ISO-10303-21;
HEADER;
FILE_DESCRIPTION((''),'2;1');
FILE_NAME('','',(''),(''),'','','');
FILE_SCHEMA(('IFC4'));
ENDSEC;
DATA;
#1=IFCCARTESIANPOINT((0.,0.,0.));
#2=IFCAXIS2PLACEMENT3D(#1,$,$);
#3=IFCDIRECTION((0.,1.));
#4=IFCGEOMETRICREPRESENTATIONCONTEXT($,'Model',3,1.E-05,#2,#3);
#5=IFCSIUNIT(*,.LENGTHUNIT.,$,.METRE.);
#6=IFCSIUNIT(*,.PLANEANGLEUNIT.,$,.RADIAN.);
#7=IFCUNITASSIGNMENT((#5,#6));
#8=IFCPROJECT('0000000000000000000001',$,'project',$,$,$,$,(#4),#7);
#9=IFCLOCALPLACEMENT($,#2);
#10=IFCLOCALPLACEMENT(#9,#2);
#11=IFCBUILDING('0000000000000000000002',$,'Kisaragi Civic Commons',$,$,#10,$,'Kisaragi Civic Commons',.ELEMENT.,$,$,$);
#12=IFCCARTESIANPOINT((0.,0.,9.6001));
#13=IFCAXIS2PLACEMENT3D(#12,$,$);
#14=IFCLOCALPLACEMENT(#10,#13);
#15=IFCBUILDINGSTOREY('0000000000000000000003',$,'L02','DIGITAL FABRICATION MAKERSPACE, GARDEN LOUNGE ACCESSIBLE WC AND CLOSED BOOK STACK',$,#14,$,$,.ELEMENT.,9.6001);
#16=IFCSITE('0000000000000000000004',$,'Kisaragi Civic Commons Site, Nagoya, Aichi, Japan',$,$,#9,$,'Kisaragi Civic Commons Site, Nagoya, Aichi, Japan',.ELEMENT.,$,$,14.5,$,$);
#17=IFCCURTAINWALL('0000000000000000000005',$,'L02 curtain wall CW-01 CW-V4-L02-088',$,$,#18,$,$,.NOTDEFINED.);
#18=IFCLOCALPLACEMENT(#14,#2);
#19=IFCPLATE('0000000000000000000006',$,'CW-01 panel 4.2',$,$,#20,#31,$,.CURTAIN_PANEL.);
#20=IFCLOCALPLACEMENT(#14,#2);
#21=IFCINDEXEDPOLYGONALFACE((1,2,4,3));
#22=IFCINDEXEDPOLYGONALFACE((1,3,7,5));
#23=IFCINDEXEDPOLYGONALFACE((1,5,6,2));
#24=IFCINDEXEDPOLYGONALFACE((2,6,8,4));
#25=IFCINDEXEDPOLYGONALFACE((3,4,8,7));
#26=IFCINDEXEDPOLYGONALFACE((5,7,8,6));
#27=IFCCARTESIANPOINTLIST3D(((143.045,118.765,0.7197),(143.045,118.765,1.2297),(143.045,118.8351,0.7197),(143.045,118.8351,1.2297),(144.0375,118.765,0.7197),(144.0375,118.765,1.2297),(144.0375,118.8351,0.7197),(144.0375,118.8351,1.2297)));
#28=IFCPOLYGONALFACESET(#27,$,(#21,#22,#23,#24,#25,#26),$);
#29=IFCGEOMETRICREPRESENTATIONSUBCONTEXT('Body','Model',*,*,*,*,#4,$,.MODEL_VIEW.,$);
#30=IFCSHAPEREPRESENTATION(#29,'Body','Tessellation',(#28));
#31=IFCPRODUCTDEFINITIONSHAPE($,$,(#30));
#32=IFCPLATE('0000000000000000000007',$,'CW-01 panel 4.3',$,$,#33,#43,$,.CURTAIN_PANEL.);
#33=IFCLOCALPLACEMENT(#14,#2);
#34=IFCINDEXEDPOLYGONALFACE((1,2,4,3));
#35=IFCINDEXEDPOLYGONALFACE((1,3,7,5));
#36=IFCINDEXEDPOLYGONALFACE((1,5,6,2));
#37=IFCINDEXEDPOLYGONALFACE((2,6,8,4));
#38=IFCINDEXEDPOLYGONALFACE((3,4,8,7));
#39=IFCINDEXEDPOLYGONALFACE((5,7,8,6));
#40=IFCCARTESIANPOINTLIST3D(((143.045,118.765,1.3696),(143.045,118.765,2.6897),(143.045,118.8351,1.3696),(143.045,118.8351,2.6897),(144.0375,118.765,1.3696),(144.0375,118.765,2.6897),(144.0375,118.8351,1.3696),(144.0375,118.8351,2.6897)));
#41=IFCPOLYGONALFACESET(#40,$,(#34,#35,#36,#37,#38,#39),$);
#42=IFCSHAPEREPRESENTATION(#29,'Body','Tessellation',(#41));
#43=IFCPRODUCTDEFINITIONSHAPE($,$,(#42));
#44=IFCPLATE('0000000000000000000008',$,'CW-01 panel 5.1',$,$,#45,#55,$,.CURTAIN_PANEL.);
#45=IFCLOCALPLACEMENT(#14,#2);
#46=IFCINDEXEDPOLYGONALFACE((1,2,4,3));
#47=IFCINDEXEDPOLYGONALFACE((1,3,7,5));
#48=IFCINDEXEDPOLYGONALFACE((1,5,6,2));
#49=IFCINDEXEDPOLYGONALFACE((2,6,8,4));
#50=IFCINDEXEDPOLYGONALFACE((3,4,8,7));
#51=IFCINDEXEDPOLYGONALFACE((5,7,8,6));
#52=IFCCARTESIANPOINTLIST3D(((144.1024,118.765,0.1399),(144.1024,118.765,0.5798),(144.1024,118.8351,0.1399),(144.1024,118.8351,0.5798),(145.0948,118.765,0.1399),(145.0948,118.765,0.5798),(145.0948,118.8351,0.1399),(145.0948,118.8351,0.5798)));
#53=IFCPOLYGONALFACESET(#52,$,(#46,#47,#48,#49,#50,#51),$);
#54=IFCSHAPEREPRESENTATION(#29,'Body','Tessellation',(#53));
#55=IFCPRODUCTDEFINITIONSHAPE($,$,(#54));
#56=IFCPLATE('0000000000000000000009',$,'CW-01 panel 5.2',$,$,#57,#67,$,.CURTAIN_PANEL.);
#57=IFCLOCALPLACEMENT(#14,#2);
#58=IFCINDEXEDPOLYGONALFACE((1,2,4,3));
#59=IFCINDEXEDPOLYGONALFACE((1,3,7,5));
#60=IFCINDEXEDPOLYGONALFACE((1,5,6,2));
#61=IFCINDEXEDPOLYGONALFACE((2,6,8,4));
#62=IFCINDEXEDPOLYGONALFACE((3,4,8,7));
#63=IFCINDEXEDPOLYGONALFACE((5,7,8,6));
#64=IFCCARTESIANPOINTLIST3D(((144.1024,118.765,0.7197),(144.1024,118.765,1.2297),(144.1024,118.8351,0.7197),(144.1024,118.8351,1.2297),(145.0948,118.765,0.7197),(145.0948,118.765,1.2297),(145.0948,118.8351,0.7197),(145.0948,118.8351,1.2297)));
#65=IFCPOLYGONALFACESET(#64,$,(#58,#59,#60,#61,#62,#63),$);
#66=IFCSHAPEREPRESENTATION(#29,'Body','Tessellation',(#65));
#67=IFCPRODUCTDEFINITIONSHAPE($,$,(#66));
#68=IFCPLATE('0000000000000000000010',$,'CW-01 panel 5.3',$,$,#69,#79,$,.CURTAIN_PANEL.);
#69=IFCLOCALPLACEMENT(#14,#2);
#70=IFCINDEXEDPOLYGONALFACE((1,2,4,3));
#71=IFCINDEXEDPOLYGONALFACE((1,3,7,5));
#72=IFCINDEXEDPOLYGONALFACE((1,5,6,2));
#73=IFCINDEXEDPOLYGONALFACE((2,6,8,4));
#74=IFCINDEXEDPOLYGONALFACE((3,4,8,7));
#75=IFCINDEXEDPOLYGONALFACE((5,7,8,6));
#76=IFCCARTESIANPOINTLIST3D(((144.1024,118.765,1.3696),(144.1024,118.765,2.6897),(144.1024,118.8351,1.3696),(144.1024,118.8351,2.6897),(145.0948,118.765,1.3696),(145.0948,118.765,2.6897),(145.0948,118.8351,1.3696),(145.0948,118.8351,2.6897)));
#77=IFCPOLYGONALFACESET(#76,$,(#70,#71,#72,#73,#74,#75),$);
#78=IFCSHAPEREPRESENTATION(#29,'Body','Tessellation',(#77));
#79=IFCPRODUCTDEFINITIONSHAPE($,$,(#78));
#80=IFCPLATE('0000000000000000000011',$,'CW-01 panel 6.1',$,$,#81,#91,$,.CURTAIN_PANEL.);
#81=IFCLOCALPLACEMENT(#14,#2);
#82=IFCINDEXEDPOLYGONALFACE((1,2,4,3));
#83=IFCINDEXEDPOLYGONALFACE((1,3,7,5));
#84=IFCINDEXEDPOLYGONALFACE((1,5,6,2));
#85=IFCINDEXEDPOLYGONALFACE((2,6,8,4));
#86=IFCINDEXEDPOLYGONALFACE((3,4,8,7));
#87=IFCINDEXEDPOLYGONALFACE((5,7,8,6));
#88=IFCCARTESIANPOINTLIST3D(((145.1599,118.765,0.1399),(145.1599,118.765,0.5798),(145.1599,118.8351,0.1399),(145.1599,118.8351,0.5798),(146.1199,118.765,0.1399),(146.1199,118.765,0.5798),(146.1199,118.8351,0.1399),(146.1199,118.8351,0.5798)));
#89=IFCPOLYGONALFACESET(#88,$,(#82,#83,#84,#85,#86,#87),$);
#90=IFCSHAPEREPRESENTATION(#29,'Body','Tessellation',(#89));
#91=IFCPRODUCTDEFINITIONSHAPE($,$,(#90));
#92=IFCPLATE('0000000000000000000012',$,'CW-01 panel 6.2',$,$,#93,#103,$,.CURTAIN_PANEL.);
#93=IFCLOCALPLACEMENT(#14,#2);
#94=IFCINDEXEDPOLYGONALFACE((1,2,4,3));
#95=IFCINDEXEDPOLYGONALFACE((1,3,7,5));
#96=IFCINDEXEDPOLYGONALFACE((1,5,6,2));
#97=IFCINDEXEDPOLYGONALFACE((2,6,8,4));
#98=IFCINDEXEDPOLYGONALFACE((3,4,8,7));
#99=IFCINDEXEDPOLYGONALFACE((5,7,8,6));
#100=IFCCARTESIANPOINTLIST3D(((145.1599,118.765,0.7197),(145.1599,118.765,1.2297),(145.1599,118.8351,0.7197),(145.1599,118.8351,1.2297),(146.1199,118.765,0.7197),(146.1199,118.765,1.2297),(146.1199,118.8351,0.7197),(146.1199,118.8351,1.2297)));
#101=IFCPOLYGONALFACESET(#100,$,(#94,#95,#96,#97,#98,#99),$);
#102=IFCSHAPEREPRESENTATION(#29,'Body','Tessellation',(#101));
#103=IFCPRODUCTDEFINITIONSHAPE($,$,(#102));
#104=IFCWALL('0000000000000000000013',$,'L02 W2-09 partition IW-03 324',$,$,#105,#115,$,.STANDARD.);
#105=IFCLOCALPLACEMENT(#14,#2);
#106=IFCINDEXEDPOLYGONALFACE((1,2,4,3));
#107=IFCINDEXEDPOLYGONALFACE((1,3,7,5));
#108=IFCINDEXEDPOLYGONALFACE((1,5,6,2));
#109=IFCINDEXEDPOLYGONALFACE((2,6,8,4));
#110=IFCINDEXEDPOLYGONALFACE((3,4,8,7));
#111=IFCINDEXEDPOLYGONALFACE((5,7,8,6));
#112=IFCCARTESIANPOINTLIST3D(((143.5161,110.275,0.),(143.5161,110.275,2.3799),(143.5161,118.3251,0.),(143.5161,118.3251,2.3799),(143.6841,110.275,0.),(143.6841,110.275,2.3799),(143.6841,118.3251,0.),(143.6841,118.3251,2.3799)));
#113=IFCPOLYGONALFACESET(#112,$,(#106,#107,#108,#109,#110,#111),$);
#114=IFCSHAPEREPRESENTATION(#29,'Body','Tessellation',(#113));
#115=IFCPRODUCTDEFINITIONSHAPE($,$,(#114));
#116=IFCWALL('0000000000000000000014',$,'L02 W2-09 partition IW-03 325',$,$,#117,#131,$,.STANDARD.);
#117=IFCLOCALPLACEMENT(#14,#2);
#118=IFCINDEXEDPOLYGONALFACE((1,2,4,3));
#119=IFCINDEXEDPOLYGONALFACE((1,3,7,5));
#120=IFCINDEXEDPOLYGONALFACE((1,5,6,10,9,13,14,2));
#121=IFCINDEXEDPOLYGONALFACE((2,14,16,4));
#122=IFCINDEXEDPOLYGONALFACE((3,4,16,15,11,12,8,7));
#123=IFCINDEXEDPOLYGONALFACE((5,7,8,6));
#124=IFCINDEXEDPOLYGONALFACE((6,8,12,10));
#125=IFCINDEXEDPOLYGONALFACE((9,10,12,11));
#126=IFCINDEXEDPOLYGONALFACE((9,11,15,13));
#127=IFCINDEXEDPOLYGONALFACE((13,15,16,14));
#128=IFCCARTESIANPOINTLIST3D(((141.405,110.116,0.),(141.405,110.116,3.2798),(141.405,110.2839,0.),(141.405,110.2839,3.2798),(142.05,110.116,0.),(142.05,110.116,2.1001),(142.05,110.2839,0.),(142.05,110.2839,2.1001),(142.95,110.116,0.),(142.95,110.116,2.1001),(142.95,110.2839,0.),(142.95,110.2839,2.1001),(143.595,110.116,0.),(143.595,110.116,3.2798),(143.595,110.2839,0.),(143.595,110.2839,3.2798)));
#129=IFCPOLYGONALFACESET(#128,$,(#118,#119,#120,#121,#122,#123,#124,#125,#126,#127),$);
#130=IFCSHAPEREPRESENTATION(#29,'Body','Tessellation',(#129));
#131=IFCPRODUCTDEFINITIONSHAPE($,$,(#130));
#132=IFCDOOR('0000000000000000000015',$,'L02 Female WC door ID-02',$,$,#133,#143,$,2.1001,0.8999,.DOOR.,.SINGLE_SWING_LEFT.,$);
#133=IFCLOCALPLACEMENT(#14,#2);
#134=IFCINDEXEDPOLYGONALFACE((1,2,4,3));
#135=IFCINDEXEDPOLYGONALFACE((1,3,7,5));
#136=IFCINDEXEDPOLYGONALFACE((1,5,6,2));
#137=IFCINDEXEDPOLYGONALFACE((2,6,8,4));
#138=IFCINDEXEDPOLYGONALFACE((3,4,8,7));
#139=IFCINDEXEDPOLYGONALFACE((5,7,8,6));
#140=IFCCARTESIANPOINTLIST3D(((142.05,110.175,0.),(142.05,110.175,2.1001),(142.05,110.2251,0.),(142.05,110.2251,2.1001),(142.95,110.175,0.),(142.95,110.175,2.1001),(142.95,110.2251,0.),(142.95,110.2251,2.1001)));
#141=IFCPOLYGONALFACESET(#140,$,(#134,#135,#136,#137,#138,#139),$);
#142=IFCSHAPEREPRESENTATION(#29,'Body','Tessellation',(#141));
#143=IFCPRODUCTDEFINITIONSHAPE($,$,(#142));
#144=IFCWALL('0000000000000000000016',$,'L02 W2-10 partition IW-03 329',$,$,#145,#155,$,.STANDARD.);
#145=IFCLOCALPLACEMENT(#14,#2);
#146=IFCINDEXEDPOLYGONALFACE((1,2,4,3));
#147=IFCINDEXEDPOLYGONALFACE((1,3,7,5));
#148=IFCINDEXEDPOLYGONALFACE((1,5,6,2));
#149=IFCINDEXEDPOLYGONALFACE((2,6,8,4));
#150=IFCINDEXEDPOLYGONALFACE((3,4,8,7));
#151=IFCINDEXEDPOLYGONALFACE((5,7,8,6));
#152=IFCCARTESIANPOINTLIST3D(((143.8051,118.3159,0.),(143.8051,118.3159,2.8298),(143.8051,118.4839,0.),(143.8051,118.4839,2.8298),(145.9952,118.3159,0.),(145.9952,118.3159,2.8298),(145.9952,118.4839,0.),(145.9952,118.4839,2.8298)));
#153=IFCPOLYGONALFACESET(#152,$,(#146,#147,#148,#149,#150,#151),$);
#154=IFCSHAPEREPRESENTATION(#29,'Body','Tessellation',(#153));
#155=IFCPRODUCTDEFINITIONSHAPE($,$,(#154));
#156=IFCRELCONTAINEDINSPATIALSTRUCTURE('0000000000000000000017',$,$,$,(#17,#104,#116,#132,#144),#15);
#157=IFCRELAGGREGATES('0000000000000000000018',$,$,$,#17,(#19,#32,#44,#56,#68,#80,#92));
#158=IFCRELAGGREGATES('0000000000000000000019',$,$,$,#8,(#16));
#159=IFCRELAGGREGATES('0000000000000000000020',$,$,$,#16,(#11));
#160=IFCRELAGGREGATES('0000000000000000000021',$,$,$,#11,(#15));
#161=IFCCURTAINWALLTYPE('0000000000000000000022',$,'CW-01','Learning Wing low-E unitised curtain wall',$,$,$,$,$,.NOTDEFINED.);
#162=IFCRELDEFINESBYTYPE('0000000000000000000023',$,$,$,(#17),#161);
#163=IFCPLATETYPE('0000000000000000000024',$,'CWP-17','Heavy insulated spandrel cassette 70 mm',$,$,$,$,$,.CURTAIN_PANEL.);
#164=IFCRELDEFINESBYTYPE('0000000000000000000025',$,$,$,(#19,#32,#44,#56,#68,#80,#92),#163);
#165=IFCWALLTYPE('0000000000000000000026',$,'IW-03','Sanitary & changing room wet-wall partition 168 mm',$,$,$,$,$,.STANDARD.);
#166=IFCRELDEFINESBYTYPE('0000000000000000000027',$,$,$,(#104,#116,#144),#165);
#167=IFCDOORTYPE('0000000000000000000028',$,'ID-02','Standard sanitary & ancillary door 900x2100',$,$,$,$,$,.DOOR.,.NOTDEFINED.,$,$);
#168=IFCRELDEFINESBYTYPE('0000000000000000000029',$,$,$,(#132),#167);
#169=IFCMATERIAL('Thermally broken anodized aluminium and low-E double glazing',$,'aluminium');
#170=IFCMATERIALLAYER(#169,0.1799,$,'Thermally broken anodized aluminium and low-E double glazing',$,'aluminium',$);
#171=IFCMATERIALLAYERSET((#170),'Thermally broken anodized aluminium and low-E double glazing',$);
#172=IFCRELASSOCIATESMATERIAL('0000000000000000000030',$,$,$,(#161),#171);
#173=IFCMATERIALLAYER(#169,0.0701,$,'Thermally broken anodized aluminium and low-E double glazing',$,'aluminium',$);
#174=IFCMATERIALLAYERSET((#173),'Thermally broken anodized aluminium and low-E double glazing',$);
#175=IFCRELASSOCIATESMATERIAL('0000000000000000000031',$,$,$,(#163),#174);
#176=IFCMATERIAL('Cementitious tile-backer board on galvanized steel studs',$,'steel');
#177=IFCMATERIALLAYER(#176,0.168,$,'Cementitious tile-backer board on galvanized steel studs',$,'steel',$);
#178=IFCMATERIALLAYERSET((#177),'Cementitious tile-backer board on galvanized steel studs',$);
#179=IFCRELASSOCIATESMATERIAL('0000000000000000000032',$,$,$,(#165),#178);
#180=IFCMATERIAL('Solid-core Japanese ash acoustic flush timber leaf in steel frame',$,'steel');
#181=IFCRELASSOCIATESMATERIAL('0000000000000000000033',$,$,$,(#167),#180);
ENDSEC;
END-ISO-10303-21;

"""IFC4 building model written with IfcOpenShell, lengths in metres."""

from ifc_helpers import new_model, si_unit, direction, frame, frame_2d, origin, origin_2d, place, context, subcontext, project, spatial, rectangle, extrude, material, layer, layer_set, type_object, element, fill, aggregate, save


model = new_model("IFC4")

# Units and contexts
model_context = context("Model", 3, precision=1e-05, world=origin(), true_north=direction((0.0, 1.0)))
body_context = subcontext(model_context, "Body", "Model", "MODEL_VIEW")
ifc_project = project(units=[si_unit("LENGTHUNIT", "METRE"), si_unit("PLANEANGLEUNIT", "RADIAN")], contexts=[model_context])

# Site, building, storey
site_placement = place(None, origin())
site = spatial("IfcSite", under=ifc_project, at=site_placement, Name="Kisaragi Civic Commons Site, Nagoya, Aichi, Japan", LongName="Kisaragi Civic Commons Site, Nagoya, Aichi, Japan", CompositionType="ELEMENT", RefElevation=14.5)
building_placement = place(site_placement, origin())
building = spatial("IfcBuilding", under=site, at=building_placement, Name="Kisaragi Civic Commons", LongName="Kisaragi Civic Commons", CompositionType="ELEMENT")
storey_placement = place(building_placement, frame((0.0, 0.0, 9.6001)))
storey = spatial("IfcBuildingStorey", under=building, at=storey_placement, Name="L02", Description="DIGITAL FABRICATION MAKERSPACE, GARDEN LOUNGE ACCESSIBLE WC AND CLOSED BOOK STACK", CompositionType="ELEMENT", Elevation=9.6001)

# Curtain wall, plates
ifc_material_1 = material(Name="Thermally broken anodized aluminium and low-E double glazing", Category="aluminium")
ifc_layer_1 = layer(ifc_material_1, 0.1799, Name="Thermally broken anodized aluminium and low-E double glazing", Category="aluminium")
ifc_layer_set_1 = layer_set([ifc_layer_1], Name="Thermally broken anodized aluminium and low-E double glazing")
curtain_wall_type = type_object("IfcCurtainWallType", Name="CW-01", Description="Learning Wing low-E unitised curtain wall", PredefinedType="NOTDEFINED", material=ifc_layer_set_1)
curtain_wall_placement = place(storey_placement, origin())
curtain_wall = element("IfcCurtainWall", 1, at=curtain_wall_placement, inside=storey, type_object=curtain_wall_type, Name="L02 curtain wall CW-01 CW-V4-L02-088", PredefinedType="NOTDEFINED")
ifc_layer_2 = layer(ifc_material_1, 0.0701, Name="Thermally broken anodized aluminium and low-E double glazing", Category="aluminium")
ifc_layer_set_2 = layer_set([ifc_layer_2], Name="Thermally broken anodized aluminium and low-E double glazing")
plate_type = type_object("IfcPlateType", Name="CWP-17", Description="Heavy insulated spandrel cassette 70 mm", PredefinedType="CURTAIN_PANEL", material=ifc_layer_set_2)
plate_1_placement = place(storey_placement, frame((143.5413, 118.8, 0.7197), z_axis=(0.0, 0.0, 1.0), x_axis=(1.0, 0.0, 0.0)))
plate_1 = element("IfcPlate", 2, at=plate_1_placement, type_object=plate_type, Name="CW-01 panel 4.2", PredefinedType="CURTAIN_PANEL", context=body_context, shape_type="SweptSolid", body=[
    extrude(rectangle(XDim=0.9924, YDim=0.0701, at=origin_2d()), origin(), (0.0, 0.0, 1.0), 0.51),
])
plate_2_placement = place(storey_placement, frame((143.5413, 118.8, 1.3696), z_axis=(0.0, 0.0, 1.0), x_axis=(1.0, 0.0, 0.0)))
plate_2 = element("IfcPlate", 3, at=plate_2_placement, type_object=plate_type, Name="CW-01 panel 4.3", PredefinedType="CURTAIN_PANEL", context=body_context, shape_type="SweptSolid", body=[
    extrude(rectangle(XDim=0.9924, YDim=0.0701, at=origin_2d()), origin(), (0.0, 0.0, 1.0), 1.3201),
])
plate_3_placement = place(storey_placement, frame((144.5986, 118.8, 0.1399), z_axis=(0.0, 0.0, 1.0), x_axis=(1.0, 0.0, 0.0)))
plate_3 = element("IfcPlate", 4, at=plate_3_placement, type_object=plate_type, Name="CW-01 panel 5.1", PredefinedType="CURTAIN_PANEL", context=body_context, shape_type="SweptSolid", body=[
    extrude(rectangle(XDim=0.9924, YDim=0.0701, at=origin_2d()), origin(), (0.0, 0.0, 1.0), 0.4399),
])
plate_4_placement = place(storey_placement, frame((144.5986, 118.8, 0.7197), z_axis=(0.0, 0.0, 1.0), x_axis=(1.0, 0.0, 0.0)))
plate_4 = element("IfcPlate", 5, at=plate_4_placement, type_object=plate_type, Name="CW-01 panel 5.2", PredefinedType="CURTAIN_PANEL", context=body_context, shape_type="SweptSolid", body=[
    extrude(rectangle(XDim=0.9924, YDim=0.0701, at=origin_2d()), origin(), (0.0, 0.0, 1.0), 0.51),
])
plate_5_placement = place(storey_placement, frame((144.5986, 118.8, 1.3696), z_axis=(0.0, 0.0, 1.0), x_axis=(1.0, 0.0, 0.0)))
plate_5 = element("IfcPlate", 6, at=plate_5_placement, type_object=plate_type, Name="CW-01 panel 5.3", PredefinedType="CURTAIN_PANEL", context=body_context, shape_type="SweptSolid", body=[
    extrude(rectangle(XDim=0.9924, YDim=0.0701, at=origin_2d()), origin(), (0.0, 0.0, 1.0), 1.3201),
])
plate_6_placement = place(storey_placement, frame((145.6399, 118.8, 0.1399), z_axis=(0.0, 0.0, 1.0), x_axis=(1.0, 0.0, 0.0)))
plate_6 = element("IfcPlate", 7, at=plate_6_placement, type_object=plate_type, Name="CW-01 panel 6.1", PredefinedType="CURTAIN_PANEL", context=body_context, shape_type="SweptSolid", body=[
    extrude(rectangle(XDim=0.96, YDim=0.0701, at=origin_2d()), origin(), (0.0, 0.0, 1.0), 0.4399),
])
plate_7_placement = place(storey_placement, frame((145.6399, 118.8, 0.7197), z_axis=(0.0, 0.0, 1.0), x_axis=(1.0, 0.0, 0.0)))
plate_7 = element("IfcPlate", 8, at=plate_7_placement, type_object=plate_type, Name="CW-01 panel 6.2", PredefinedType="CURTAIN_PANEL", context=body_context, shape_type="SweptSolid", body=[
    extrude(rectangle(XDim=0.96, YDim=0.0701, at=origin_2d()), origin(), (0.0, 0.0, 1.0), 0.51),
])
aggregate(curtain_wall, [plate_1, plate_2, plate_3, plate_4, plate_5, plate_6, plate_7])

# Wall
ifc_material_2 = material(Name="Cementitious tile-backer board on galvanized steel studs", Category="steel")
ifc_layer_3 = layer(ifc_material_2, 0.168, Name="Cementitious tile-backer board on galvanized steel studs", Category="steel")
ifc_layer_set_3 = layer_set([ifc_layer_3], Name="Cementitious tile-backer board on galvanized steel studs")
wall_type = type_object("IfcWallType", Name="IW-03", Description="Sanitary & changing room wet-wall partition 168 mm", PredefinedType="STANDARD", material=ifc_layer_set_3)
wall_1_placement = place(storey_placement, frame((143.6001, 118.325, 0.0), z_axis=(0.0, 0.0, 1.0), x_axis=(0.0, -1.0, 0.0)))
element("IfcWall", 9, at=wall_1_placement, inside=storey, type_object=wall_type, Name="L02 W2-09 partition IW-03 324", PredefinedType="STANDARD", context=body_context, shape_type="SweptSolid", body=[
    extrude(rectangle(XDim=8.05, YDim=0.168, at=frame_2d((4.0249, 0.0))), origin(), (0.0, 0.0, 1.0), 2.3799),
])

# Wall, opening, door
wall_2_placement = place(storey_placement, frame((143.595, 110.2, 0.0), z_axis=(0.0, 0.0, 1.0), x_axis=(-1.0, 0.0, 0.0)))
wall_2 = element("IfcWall", 10, at=wall_2_placement, inside=storey, type_object=wall_type, Name="L02 W2-09 partition IW-03 325", PredefinedType="STANDARD", context=body_context, shape_type="SweptSolid", body=[
    extrude(rectangle(XDim=2.1899, YDim=0.168, at=frame_2d((1.095, 0.0))), origin(), (0.0, 0.0, 1.0), 3.2798),
])
opening_placement = place(wall_2_placement, frame((0.645, 0.0, 0.0)))
opening = element("IfcOpeningElement", 11, at=opening_placement, cuts=wall_2, PredefinedType="OPENING", context=body_context, shape_type="SweptSolid", body=[
    extrude(rectangle(XDim=0.8999, YDim=2.1001, at=frame_2d((0.45, 1.05))), frame((0.0, 0.094, 0.0), z_axis=(0.0, -1.0, 0.0), x_axis=(1.0, 0.0, 0.0)), (0.0, 0.0, 1.0), 0.188),
])
ifc_material_3 = material(Name="Solid-core Japanese ash acoustic flush timber leaf in steel frame", Category="steel")
door_type = type_object("IfcDoorType", Name="ID-02", Description="Standard sanitary & ancillary door 900x2100", OperationType="NOTDEFINED", PredefinedType="DOOR", material=ifc_material_3)
door_placement = place(opening_placement, origin())
door = element("IfcDoor", 12, at=door_placement, inside=storey, type_object=door_type, Name="L02 Female WC door ID-02", OperationType="SINGLE_SWING_LEFT", OverallHeight=2.1001, OverallWidth=0.8999, PredefinedType="DOOR", context=body_context, shape_type="SweptSolid", body=[
    extrude(rectangle(XDim=0.8999, YDim=2.1001, at=frame_2d((0.45, 1.05))), frame((0.0, 0.0249, 0.0), z_axis=(0.0, -1.0, 0.0), x_axis=(1.0, 0.0, 0.0)), (0.0, 0.0, 1.0), 0.05),
])
fill(opening, door)

# Wall
wall_3_placement = place(storey_placement, frame((143.8049, 118.3999, 0.0), z_axis=(0.0, 0.0, 1.0), x_axis=(1.0, 0.0, 0.0)))
element("IfcWall", 13, at=wall_3_placement, inside=storey, type_object=wall_type, Name="L02 W2-10 partition IW-03 329", PredefinedType="STANDARD", context=body_context, shape_type="SweptSolid", body=[
    extrude(rectangle(XDim=2.1902, YDim=0.168, at=frame_2d((1.0952, 0.0))), origin(), (0.0, 0.0, 1.0), 2.8298),
])

save(model, "model.ifc")
